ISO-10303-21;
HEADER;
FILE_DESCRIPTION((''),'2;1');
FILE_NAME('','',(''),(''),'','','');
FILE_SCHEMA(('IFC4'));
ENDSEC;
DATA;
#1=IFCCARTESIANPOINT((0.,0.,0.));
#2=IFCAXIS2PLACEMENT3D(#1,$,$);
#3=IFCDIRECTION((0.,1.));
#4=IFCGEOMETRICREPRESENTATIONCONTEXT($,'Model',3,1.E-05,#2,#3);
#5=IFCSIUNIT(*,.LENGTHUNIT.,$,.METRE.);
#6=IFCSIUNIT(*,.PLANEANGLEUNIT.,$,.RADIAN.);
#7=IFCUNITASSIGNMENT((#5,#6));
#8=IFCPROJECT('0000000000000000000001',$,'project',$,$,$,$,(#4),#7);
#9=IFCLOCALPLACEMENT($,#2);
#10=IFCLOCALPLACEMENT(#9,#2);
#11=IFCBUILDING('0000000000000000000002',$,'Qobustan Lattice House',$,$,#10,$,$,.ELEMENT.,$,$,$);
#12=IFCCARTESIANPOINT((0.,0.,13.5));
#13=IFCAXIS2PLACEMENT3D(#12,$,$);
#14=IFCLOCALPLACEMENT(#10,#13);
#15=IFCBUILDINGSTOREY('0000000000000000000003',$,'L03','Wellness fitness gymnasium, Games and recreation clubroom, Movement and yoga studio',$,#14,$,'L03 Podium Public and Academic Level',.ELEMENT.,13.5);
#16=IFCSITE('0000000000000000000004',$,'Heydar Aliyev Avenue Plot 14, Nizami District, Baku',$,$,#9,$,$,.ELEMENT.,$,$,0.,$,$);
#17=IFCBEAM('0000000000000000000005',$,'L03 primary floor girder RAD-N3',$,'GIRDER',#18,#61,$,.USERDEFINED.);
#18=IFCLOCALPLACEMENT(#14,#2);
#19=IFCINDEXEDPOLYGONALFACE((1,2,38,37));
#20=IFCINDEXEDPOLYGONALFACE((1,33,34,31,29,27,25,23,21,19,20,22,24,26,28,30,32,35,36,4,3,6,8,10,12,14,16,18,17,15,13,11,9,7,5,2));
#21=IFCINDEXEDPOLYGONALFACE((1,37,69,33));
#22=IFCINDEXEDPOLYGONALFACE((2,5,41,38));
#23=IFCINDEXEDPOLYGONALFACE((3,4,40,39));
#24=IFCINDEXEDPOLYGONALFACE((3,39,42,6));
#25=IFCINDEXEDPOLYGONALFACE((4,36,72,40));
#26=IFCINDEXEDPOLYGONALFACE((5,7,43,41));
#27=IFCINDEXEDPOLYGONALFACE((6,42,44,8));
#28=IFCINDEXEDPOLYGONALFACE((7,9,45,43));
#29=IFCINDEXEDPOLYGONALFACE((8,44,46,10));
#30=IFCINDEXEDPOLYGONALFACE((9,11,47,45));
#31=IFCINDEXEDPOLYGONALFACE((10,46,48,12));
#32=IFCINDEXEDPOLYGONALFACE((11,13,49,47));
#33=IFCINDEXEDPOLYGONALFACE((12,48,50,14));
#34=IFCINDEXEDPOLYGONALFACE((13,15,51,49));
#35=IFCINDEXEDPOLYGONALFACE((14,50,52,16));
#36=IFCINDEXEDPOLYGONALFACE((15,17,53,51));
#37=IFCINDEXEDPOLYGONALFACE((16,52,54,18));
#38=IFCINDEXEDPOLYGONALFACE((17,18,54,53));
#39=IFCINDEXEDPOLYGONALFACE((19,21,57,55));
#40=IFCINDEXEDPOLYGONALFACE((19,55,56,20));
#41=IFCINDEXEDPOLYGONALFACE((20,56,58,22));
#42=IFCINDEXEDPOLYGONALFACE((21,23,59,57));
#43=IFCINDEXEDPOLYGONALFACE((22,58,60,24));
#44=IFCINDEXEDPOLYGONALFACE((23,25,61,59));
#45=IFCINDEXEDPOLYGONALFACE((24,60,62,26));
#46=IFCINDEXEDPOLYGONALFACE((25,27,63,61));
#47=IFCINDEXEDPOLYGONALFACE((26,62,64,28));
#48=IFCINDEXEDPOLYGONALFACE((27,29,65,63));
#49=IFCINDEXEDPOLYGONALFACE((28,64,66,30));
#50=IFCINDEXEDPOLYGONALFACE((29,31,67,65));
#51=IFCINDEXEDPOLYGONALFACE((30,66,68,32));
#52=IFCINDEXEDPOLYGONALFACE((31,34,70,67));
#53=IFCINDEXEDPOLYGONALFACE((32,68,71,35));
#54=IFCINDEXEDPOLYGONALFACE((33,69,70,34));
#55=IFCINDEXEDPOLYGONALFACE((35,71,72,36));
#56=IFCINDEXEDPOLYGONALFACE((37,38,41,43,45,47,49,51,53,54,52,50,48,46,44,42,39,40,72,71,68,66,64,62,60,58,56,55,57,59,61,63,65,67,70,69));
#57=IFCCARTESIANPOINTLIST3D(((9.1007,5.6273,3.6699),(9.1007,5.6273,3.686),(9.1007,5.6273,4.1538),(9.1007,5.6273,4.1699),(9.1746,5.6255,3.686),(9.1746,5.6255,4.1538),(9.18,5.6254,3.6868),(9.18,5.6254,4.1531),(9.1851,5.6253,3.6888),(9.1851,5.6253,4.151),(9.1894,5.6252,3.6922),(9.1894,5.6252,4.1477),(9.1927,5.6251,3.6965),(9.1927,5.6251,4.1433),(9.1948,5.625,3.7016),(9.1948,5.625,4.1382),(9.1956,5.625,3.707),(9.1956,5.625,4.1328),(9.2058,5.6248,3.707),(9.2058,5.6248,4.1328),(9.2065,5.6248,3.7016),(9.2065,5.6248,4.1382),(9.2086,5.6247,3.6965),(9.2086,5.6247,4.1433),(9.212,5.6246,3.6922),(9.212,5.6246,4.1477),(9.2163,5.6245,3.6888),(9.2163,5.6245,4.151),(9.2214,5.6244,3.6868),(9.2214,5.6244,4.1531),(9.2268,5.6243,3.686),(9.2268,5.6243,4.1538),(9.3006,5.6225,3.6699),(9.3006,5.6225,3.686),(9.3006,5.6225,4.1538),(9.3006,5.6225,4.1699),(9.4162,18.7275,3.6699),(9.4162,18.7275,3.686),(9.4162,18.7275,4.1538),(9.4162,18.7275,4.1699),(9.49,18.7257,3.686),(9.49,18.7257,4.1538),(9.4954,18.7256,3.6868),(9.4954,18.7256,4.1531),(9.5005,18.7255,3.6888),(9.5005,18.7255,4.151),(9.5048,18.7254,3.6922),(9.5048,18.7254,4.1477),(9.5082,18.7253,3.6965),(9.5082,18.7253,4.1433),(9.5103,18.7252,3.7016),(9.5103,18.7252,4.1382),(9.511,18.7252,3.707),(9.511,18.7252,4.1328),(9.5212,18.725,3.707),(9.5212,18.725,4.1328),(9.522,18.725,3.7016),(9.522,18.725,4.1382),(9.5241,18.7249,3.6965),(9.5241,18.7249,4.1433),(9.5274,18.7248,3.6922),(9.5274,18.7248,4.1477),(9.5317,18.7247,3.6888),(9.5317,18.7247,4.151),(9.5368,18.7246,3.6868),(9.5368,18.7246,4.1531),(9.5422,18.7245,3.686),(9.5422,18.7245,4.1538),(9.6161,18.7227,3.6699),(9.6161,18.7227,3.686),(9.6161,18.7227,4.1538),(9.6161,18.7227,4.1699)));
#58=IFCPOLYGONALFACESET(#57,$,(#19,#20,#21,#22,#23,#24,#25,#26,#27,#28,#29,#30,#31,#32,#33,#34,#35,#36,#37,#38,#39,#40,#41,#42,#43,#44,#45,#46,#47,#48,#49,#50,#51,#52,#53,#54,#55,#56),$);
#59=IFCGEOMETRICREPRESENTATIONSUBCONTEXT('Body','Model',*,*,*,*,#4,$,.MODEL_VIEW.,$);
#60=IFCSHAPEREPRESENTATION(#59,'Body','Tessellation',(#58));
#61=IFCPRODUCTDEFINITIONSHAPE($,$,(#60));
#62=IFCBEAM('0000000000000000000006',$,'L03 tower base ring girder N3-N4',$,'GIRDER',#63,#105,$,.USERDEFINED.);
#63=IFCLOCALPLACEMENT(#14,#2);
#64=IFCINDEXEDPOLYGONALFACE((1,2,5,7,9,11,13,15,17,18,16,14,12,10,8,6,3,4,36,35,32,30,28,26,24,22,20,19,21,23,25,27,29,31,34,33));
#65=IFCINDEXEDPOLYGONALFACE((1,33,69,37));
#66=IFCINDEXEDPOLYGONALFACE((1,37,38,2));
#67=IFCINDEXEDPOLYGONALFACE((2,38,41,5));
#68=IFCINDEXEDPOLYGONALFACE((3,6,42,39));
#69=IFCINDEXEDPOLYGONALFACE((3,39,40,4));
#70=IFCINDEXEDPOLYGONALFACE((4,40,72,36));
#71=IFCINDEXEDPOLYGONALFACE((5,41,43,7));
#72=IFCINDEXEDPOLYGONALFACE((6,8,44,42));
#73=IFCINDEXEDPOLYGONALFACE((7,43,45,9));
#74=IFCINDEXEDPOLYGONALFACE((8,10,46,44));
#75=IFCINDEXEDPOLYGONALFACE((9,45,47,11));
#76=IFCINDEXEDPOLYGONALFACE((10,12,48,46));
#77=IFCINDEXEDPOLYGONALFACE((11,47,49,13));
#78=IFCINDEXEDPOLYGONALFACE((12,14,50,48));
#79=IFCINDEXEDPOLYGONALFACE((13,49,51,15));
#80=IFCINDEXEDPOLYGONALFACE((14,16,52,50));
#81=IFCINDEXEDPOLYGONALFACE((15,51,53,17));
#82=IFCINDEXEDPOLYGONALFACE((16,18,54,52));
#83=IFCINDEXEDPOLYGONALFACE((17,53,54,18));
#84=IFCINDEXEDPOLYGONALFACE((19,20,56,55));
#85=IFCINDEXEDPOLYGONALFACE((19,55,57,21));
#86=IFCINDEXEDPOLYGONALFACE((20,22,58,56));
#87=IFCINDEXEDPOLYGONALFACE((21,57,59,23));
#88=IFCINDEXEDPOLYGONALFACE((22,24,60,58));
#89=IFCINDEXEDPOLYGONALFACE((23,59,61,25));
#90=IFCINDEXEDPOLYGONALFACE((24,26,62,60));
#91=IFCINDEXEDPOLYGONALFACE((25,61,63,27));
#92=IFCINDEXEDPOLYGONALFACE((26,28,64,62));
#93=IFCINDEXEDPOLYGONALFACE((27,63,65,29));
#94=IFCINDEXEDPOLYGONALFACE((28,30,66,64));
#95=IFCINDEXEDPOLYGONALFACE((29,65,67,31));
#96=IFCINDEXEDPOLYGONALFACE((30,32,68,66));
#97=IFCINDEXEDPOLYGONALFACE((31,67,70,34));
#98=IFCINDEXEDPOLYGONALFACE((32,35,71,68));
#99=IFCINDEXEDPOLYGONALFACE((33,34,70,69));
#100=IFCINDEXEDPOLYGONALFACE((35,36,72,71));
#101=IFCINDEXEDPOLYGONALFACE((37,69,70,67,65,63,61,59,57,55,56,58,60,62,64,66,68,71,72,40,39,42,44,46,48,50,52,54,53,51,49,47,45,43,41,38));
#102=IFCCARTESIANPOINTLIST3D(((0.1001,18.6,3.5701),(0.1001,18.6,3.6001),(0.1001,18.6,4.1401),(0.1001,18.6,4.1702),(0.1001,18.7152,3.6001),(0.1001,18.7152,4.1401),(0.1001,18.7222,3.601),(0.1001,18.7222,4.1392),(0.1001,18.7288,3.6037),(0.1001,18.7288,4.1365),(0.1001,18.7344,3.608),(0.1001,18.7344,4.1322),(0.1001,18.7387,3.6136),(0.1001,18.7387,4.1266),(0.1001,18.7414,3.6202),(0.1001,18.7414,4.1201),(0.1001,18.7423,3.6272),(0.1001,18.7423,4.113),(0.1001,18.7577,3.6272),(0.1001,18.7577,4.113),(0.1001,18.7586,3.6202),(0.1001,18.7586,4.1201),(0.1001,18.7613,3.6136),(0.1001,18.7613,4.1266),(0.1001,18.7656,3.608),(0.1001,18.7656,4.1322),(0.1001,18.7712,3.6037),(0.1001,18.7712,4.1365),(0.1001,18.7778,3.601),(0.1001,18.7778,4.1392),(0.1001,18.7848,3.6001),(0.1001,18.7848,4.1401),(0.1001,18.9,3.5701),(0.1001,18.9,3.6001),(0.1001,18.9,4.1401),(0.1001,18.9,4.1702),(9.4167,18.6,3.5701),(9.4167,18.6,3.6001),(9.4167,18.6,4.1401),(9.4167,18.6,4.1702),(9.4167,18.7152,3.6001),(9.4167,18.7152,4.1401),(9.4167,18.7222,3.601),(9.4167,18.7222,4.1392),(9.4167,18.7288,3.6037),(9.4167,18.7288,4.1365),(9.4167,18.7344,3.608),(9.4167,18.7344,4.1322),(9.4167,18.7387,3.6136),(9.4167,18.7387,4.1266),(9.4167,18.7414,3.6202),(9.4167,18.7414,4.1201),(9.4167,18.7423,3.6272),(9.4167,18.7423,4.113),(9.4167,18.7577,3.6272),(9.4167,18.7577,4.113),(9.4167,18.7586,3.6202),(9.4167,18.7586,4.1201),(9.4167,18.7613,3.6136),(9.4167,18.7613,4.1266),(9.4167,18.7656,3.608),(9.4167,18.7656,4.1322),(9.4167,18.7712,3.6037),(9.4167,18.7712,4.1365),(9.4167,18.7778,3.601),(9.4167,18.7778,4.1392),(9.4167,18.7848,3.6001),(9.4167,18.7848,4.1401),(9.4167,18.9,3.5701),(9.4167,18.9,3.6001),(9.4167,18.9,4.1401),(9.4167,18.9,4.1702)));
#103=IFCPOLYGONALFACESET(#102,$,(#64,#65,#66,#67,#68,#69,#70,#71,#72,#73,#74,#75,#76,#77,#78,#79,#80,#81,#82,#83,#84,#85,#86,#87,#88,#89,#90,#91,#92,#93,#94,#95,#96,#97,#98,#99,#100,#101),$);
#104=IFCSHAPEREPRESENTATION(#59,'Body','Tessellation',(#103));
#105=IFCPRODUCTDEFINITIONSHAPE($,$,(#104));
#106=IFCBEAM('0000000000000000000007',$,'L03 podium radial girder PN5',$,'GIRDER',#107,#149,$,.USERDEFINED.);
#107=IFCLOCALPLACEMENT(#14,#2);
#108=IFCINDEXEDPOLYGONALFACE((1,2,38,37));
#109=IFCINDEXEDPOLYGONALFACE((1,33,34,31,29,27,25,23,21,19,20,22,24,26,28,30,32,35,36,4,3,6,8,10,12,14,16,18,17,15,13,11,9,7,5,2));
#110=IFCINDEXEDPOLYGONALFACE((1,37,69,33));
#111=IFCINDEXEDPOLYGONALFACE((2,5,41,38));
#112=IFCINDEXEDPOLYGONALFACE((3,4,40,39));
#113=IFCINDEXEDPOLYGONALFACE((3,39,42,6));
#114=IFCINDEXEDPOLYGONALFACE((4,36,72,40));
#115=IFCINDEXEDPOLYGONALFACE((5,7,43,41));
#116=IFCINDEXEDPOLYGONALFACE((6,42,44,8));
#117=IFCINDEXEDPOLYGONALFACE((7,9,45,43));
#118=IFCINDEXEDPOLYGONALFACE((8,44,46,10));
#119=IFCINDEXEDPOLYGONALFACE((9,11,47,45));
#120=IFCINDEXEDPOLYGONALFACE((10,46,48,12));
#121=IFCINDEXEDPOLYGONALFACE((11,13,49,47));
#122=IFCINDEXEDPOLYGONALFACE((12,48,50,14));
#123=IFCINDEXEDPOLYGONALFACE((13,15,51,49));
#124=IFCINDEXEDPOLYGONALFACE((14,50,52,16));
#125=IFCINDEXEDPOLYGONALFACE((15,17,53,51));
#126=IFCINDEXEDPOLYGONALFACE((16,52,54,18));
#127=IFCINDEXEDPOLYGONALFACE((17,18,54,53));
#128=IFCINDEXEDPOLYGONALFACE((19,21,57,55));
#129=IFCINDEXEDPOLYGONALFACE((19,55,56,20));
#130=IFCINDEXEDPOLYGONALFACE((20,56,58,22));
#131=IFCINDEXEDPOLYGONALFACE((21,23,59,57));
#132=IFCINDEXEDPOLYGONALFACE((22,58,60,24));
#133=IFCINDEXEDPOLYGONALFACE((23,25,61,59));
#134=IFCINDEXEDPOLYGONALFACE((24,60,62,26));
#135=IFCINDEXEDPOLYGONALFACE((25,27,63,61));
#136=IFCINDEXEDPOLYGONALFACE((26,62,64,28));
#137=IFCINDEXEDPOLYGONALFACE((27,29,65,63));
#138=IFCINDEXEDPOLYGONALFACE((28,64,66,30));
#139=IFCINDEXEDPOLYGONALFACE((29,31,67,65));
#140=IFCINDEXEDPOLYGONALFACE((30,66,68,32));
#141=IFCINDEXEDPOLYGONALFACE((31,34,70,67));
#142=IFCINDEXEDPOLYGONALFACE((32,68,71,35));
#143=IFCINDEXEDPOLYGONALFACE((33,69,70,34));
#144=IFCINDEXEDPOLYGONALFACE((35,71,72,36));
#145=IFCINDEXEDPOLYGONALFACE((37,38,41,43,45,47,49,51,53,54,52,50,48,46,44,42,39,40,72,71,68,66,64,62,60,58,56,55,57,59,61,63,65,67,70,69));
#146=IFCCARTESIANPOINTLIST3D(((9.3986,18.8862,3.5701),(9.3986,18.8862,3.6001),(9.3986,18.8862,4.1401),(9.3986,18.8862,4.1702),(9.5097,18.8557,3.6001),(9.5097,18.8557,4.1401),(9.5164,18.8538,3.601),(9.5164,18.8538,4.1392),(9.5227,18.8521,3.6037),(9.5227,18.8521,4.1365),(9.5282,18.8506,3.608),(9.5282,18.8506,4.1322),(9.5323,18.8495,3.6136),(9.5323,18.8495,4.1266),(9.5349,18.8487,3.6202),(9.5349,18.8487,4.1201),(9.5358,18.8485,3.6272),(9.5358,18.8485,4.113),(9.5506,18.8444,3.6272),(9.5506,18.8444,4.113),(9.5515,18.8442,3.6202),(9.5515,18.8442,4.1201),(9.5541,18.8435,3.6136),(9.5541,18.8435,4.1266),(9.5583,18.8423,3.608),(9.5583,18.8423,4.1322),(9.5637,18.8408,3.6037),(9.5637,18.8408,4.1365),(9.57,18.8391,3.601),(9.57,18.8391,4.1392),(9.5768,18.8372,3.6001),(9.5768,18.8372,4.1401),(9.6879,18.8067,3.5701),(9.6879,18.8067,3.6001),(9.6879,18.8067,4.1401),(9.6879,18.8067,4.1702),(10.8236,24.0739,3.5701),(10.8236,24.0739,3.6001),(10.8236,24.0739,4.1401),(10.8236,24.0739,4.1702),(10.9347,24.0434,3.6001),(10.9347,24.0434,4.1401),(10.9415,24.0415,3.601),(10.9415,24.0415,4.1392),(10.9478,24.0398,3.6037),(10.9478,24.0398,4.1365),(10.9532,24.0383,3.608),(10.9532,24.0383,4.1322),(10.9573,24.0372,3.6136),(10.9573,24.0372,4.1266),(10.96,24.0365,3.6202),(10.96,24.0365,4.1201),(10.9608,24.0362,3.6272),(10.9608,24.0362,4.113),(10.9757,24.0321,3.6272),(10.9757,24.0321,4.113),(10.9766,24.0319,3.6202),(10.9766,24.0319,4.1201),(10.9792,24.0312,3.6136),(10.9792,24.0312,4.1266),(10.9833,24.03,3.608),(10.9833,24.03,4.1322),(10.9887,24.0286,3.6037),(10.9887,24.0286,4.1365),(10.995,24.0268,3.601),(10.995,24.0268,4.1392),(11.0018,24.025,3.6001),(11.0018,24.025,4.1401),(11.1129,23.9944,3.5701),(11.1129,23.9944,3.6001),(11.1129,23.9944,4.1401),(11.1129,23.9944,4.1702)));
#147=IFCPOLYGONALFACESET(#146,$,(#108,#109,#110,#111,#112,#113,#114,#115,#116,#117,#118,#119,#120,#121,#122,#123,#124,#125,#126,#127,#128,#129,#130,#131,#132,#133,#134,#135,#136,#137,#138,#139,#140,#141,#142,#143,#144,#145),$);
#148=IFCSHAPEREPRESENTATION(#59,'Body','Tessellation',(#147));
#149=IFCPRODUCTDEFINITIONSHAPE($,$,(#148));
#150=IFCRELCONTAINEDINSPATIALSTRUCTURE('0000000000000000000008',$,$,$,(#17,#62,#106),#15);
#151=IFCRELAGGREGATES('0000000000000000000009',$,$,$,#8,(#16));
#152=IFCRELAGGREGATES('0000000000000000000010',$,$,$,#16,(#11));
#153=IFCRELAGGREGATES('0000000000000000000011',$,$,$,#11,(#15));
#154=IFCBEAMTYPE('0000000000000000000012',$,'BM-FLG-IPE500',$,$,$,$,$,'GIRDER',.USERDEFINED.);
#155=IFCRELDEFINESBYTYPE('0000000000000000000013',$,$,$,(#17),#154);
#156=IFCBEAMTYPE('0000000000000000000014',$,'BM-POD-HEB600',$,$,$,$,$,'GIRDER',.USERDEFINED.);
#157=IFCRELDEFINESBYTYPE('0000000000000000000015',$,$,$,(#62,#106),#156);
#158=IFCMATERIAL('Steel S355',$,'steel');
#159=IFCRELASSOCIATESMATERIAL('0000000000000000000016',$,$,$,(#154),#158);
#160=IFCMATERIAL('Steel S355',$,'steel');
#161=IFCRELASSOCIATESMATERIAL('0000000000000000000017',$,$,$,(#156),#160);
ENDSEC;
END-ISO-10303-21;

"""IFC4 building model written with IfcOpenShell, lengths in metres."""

from ifc_helpers import new_model, si_unit, direction, frame, origin, origin_2d, place, context, subcontext, project, spatial, i_section, extrude, material, material_profile, profile_set, type_object, element, save


model = new_model("IFC4")

# Units and contexts
model_context = context("Model", 3, precision=1e-05, world=origin(), true_north=direction((0.0, 1.0)))
body_context = subcontext(model_context, "Body", "Model", "MODEL_VIEW")
ifc_project = project(units=[si_unit("LENGTHUNIT", "METRE"), si_unit("PLANEANGLEUNIT", "RADIAN")], contexts=[model_context])

# Site, building, storey
site_placement = place(None, origin())
site = spatial("IfcSite", under=ifc_project, at=site_placement, Name="Heydar Aliyev Avenue Plot 14, Nizami District, Baku", CompositionType="ELEMENT", RefElevation=0.0)
building_placement = place(site_placement, origin())
building = spatial("IfcBuilding", under=site, at=building_placement, Name="Qobustan Lattice House", CompositionType="ELEMENT")
storey_placement = place(building_placement, frame((0.0, 0.0, 13.5)))
storey = spatial("IfcBuildingStorey", under=building, at=storey_placement, Name="L03", Description="Wellness fitness gymnasium, Games and recreation clubroom, Movement and yoga studio", LongName="L03 Podium Public and Academic Level", CompositionType="ELEMENT", Elevation=13.5)

# Beams
ifc_material_1 = material(Name="Steel S355", Category="steel")
ifc_material_profile_1 = material_profile(ifc_material_1, i_section(OverallWidth=0.2, OverallDepth=0.5, WebThickness=0.0103, FlangeThickness=0.0161, FilletRadius=0.021, at=origin_2d()), Name="IPE500")
ifc_profile_set_1 = profile_set([ifc_material_profile_1], Name="Steel S355")
beam_type_1 = type_object("IfcBeamType", Name="BM-FLG-IPE500", ElementType="GIRDER", PredefinedType="USERDEFINED", material=ifc_profile_set_1)
beam_1_placement = place(storey_placement, frame((9.5161, 18.7251, 3.9199), z_axis=(-0.024071, -0.99971, 0.0), x_axis=(0.99971, -0.024071, 0.0)))
element("IfcBeam", 1, at=beam_1_placement, inside=storey, type_object=beam_type_1, Name="L03 primary floor girder RAD-N3", ObjectType="GIRDER", PredefinedType="USERDEFINED", context=body_context, shape_type="SweptSolid", body=[
    extrude(i_section(OverallWidth=0.2, OverallDepth=0.5, WebThickness=0.0103, FlangeThickness=0.0161, FilletRadius=0.021, at=origin_2d()), origin(), (0.0, 0.0, 1.0), 13.104),
])
ifc_material_2 = material(Name="Steel S355", Category="steel")
ifc_material_profile_2 = material_profile(ifc_material_2, i_section(OverallWidth=0.3, OverallDepth=0.6001, WebThickness=0.0154, FlangeThickness=0.03, FilletRadius=0.0271, at=origin_2d()), Name="HEB600")
ifc_profile_set_2 = profile_set([ifc_material_profile_2], Name="Steel S355")
beam_type_2 = type_object("IfcBeamType", Name="BM-POD-HEB600", ElementType="GIRDER", PredefinedType="USERDEFINED", material=ifc_profile_set_2)
beam_2_placement = place(storey_placement, frame((9.4167, 18.75, 3.8701), z_axis=(-1.0, 0.0, 0.0), x_axis=(0.0, -1.0, 0.0)))
element("IfcBeam", 2, at=beam_2_placement, inside=storey, type_object=beam_type_2, Name="L03 tower base ring girder N3-N4", ObjectType="GIRDER", PredefinedType="USERDEFINED", context=body_context, shape_type="SweptSolid", body=[
    extrude(i_section(OverallWidth=0.3, OverallDepth=0.6001, WebThickness=0.0154, FlangeThickness=0.03, FilletRadius=0.0271, at=origin_2d()), origin(), (0.0, 0.0, 1.0), 9.3167),
])
beam_3_placement = place(storey_placement, frame((10.9683, 24.0342, 3.8701), z_axis=(-0.264883, -0.96428, 0.0), x_axis=(0.96428, -0.264883, 0.0)))
element("IfcBeam", 3, at=beam_3_placement, inside=storey, type_object=beam_type_2, Name="L03 podium radial girder PN5", ObjectType="GIRDER", PredefinedType="USERDEFINED", context=body_context, shape_type="SweptSolid", body=[
    extrude(i_section(OverallWidth=0.3, OverallDepth=0.6001, WebThickness=0.0154, FlangeThickness=0.03, FilletRadius=0.0271, at=origin_2d()), origin(), (0.0, 0.0, 1.0), 5.3799),
])

save(model, "model.ifc")
